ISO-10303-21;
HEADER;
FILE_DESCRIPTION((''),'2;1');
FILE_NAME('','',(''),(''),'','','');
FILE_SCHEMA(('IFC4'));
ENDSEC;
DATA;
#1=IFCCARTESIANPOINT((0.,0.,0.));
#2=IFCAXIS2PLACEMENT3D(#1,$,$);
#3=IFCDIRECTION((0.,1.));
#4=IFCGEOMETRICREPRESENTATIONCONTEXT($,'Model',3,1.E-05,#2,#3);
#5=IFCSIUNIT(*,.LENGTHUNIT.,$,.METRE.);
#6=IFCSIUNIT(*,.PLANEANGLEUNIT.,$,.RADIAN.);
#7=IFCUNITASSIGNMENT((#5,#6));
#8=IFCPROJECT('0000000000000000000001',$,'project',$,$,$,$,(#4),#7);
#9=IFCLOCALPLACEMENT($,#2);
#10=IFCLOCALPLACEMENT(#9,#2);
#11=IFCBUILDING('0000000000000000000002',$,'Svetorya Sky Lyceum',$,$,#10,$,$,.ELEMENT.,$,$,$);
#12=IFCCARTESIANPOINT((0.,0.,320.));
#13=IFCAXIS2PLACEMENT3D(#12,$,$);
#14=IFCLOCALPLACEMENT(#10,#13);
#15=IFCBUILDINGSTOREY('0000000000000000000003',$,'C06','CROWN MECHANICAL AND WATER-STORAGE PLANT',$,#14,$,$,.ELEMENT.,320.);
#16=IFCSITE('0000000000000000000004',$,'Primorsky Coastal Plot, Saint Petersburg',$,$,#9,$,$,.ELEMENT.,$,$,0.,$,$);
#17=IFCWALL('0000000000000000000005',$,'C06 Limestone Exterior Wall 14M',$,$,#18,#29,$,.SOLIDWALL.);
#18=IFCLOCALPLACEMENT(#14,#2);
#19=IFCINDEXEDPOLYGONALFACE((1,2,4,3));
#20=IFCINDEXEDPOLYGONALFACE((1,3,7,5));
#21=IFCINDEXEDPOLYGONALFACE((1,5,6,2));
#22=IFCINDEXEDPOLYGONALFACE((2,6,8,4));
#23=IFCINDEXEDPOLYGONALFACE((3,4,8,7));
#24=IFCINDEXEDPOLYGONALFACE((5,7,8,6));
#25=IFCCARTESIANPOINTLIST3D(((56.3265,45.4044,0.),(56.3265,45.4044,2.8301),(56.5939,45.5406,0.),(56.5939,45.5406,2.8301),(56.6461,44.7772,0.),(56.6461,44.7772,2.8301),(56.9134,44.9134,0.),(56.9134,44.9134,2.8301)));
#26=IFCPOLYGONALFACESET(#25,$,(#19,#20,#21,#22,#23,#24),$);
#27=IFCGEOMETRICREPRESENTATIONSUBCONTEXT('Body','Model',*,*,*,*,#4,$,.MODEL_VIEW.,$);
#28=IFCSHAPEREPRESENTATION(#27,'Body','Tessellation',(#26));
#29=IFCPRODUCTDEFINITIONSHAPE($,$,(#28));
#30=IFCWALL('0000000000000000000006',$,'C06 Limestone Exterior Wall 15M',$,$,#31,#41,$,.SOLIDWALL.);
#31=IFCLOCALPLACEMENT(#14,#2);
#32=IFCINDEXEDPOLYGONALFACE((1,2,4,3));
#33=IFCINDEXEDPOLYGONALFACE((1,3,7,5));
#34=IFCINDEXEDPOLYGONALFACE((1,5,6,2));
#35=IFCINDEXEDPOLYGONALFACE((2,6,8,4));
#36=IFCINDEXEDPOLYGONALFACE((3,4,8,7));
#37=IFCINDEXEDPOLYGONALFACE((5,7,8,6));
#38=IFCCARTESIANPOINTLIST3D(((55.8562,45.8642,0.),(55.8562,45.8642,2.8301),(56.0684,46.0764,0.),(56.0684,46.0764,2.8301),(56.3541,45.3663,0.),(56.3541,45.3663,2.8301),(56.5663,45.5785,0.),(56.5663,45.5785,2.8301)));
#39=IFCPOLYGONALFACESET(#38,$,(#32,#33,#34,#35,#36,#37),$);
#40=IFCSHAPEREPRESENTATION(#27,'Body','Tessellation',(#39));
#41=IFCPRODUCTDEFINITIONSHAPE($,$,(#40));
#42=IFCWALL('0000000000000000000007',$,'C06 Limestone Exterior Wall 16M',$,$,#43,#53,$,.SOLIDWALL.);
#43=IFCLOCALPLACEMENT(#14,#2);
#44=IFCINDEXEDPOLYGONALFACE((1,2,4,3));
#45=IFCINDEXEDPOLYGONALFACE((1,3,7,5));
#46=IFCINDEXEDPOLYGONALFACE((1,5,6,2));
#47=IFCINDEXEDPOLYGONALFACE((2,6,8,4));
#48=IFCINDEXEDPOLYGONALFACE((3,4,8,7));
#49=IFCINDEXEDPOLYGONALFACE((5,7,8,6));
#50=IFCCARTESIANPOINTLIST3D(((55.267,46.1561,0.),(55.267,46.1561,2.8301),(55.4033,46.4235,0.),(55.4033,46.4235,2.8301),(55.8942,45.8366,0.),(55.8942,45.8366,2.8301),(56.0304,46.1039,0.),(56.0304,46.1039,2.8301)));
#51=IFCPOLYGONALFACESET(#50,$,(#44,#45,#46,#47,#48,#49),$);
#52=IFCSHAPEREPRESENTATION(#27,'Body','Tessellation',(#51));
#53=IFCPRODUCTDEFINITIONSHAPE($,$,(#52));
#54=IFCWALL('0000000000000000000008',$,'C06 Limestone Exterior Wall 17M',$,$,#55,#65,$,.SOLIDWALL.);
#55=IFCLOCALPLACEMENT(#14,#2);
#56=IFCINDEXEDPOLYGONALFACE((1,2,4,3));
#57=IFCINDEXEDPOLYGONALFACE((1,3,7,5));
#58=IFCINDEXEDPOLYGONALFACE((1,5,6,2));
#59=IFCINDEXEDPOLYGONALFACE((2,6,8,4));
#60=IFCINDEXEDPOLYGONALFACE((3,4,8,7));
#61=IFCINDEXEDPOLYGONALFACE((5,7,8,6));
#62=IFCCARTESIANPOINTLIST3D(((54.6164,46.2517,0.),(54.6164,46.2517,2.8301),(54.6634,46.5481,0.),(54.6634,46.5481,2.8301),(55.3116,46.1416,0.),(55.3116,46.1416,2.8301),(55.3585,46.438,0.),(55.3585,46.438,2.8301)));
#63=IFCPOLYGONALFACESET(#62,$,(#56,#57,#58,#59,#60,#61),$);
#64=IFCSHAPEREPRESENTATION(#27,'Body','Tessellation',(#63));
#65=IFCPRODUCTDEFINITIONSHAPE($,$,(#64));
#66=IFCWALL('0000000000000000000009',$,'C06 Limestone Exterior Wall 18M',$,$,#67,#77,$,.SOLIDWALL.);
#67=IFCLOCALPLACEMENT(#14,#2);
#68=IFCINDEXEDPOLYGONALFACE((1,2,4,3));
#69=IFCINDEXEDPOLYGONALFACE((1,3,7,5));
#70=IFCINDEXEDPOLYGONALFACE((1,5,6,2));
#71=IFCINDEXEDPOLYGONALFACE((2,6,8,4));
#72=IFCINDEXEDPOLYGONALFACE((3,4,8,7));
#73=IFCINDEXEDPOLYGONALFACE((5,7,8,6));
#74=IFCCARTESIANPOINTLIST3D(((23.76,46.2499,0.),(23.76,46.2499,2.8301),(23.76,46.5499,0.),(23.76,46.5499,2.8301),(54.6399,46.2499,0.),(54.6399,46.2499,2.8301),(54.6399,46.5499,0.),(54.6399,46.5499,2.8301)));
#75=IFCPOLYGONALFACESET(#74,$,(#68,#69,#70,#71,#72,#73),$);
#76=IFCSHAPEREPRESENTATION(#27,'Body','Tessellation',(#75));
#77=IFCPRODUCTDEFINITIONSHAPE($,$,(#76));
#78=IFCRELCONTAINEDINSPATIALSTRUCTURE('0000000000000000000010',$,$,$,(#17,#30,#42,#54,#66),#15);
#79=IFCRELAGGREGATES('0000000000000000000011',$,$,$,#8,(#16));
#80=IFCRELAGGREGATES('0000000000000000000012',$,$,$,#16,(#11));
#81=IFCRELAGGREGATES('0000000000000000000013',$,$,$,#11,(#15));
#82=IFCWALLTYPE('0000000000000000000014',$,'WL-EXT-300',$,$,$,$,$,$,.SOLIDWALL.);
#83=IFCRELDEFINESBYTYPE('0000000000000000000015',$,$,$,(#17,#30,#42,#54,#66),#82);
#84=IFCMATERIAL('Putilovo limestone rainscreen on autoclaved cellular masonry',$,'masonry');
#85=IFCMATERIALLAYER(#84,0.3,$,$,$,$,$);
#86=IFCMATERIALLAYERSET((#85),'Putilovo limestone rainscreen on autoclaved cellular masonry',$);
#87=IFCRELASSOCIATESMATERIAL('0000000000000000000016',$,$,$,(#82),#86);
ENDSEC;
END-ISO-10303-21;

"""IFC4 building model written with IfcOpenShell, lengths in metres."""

from ifc_helpers import new_model, si_unit, direction, frame, frame_2d, origin, place, context, subcontext, project, spatial, rectangle, extrude, material, layer, layer_set, type_object, element, save


model = new_model("IFC4")

# Units and contexts
model_context = context("Model", 3, precision=1e-05, world=origin(), true_north=direction((0.0, 1.0)))
body_context = subcontext(model_context, "Body", "Model", "MODEL_VIEW")
ifc_project = project(units=[si_unit("LENGTHUNIT", "METRE"), si_unit("PLANEANGLEUNIT", "RADIAN")], contexts=[model_context])

# Site, building, storey
site_placement = place(None, origin())
site = spatial("IfcSite", under=ifc_project, at=site_placement, Name="Primorsky Coastal Plot, Saint Petersburg", CompositionType="ELEMENT", RefElevation=0.0)
building_placement = place(site_placement, origin())
building = spatial("IfcBuilding", under=site, at=building_placement, Name="Svetorya Sky Lyceum", CompositionType="ELEMENT")
storey_placement = place(building_placement, frame((0.0, 0.0, 320.0)))
storey = spatial("IfcBuildingStorey", under=building, at=storey_placement, Name="C06", Description="CROWN MECHANICAL AND WATER-STORAGE PLANT", CompositionType="ELEMENT", Elevation=320.0)

# Walls
ifc_material_1 = material(Name="Putilovo limestone rainscreen on autoclaved cellular masonry", Category="masonry")
ifc_layer_1 = layer(ifc_material_1, 0.3)
ifc_layer_set_1 = layer_set([ifc_layer_1], Name="Putilovo limestone rainscreen on autoclaved cellular masonry")
wall_type_1 = type_object("IfcWallType", Name="WL-EXT-300", PredefinedType="SOLIDWALL", material=ifc_layer_set_1)
for number, where, z_axis, x_axis, name in (
    (1, (56.7798, 44.8452, 0.0), (0.0, 0.0, 1.0), (-0.453999, 0.891002, 0.0), "C06 Limestone Exterior Wall 14M"),
):
    element("IfcWall", number, at=place(storey_placement, frame(where, z_axis=z_axis, x_axis=x_axis)), inside=storey, type_object=wall_type_1, Name=name, PredefinedType="SOLIDWALL", context=body_context, shape_type="SweptSolid", body=[
        extrude(rectangle(XDim=0.7039, YDim=0.3, at=frame_2d((0.3521, 0.0))), origin(), (0.0, 0.0, 1.0), 2.8301),
    ])
wall_1_placement = place(storey_placement, frame((56.4602, 45.4724, 0.0), z_axis=(0.0, 0.0, 1.0), x_axis=(-0.707107, 0.707107, 0.0)))
element("IfcWall", 2, at=wall_1_placement, inside=storey, type_object=wall_type_1, Name="C06 Limestone Exterior Wall 15M", PredefinedType="SOLIDWALL", context=body_context, shape_type="SweptSolid", body=[
    extrude(rectangle(XDim=0.7041, YDim=0.3, at=frame_2d((0.3521, 0.0))), origin(), (0.0, 0.0, 1.0), 2.8301),
])
for number, where, z_axis, x_axis, name in (
    (3, (55.9624, 45.9702, 0.0), (0.0, 0.0, 1.0), (-0.891002, 0.453999, 0.0), "C06 Limestone Exterior Wall 16M"),
    (4, (55.3352, 46.2898, 0.0), (0.0, 0.0, 1.0), (-0.987693, 0.156408, 0.0), "C06 Limestone Exterior Wall 17M"),
):
    element("IfcWall", number, at=place(storey_placement, frame(where, z_axis=z_axis, x_axis=x_axis)), inside=storey, type_object=wall_type_1, Name=name, PredefinedType="SOLIDWALL", context=body_context, shape_type="SweptSolid", body=[
        extrude(rectangle(XDim=0.7039, YDim=0.3, at=frame_2d((0.3521, 0.0))), origin(), (0.0, 0.0, 1.0), 2.8301),
    ])
wall_2_placement = place(storey_placement, frame((54.6399, 46.3999, 0.0), z_axis=(0.0, 0.0, 1.0), x_axis=(-1.0, 0.0, 0.0)))
element("IfcWall", 5, at=wall_2_placement, inside=storey, type_object=wall_type_1, Name="C06 Limestone Exterior Wall 18M", PredefinedType="SOLIDWALL", context=body_context, shape_type="SweptSolid", body=[
    extrude(rectangle(XDim=30.8799, YDim=0.3, at=frame_2d((15.4399, 0.0))), origin(), (0.0, 0.0, 1.0), 2.8301),
])

save(model, "model.ifc")
